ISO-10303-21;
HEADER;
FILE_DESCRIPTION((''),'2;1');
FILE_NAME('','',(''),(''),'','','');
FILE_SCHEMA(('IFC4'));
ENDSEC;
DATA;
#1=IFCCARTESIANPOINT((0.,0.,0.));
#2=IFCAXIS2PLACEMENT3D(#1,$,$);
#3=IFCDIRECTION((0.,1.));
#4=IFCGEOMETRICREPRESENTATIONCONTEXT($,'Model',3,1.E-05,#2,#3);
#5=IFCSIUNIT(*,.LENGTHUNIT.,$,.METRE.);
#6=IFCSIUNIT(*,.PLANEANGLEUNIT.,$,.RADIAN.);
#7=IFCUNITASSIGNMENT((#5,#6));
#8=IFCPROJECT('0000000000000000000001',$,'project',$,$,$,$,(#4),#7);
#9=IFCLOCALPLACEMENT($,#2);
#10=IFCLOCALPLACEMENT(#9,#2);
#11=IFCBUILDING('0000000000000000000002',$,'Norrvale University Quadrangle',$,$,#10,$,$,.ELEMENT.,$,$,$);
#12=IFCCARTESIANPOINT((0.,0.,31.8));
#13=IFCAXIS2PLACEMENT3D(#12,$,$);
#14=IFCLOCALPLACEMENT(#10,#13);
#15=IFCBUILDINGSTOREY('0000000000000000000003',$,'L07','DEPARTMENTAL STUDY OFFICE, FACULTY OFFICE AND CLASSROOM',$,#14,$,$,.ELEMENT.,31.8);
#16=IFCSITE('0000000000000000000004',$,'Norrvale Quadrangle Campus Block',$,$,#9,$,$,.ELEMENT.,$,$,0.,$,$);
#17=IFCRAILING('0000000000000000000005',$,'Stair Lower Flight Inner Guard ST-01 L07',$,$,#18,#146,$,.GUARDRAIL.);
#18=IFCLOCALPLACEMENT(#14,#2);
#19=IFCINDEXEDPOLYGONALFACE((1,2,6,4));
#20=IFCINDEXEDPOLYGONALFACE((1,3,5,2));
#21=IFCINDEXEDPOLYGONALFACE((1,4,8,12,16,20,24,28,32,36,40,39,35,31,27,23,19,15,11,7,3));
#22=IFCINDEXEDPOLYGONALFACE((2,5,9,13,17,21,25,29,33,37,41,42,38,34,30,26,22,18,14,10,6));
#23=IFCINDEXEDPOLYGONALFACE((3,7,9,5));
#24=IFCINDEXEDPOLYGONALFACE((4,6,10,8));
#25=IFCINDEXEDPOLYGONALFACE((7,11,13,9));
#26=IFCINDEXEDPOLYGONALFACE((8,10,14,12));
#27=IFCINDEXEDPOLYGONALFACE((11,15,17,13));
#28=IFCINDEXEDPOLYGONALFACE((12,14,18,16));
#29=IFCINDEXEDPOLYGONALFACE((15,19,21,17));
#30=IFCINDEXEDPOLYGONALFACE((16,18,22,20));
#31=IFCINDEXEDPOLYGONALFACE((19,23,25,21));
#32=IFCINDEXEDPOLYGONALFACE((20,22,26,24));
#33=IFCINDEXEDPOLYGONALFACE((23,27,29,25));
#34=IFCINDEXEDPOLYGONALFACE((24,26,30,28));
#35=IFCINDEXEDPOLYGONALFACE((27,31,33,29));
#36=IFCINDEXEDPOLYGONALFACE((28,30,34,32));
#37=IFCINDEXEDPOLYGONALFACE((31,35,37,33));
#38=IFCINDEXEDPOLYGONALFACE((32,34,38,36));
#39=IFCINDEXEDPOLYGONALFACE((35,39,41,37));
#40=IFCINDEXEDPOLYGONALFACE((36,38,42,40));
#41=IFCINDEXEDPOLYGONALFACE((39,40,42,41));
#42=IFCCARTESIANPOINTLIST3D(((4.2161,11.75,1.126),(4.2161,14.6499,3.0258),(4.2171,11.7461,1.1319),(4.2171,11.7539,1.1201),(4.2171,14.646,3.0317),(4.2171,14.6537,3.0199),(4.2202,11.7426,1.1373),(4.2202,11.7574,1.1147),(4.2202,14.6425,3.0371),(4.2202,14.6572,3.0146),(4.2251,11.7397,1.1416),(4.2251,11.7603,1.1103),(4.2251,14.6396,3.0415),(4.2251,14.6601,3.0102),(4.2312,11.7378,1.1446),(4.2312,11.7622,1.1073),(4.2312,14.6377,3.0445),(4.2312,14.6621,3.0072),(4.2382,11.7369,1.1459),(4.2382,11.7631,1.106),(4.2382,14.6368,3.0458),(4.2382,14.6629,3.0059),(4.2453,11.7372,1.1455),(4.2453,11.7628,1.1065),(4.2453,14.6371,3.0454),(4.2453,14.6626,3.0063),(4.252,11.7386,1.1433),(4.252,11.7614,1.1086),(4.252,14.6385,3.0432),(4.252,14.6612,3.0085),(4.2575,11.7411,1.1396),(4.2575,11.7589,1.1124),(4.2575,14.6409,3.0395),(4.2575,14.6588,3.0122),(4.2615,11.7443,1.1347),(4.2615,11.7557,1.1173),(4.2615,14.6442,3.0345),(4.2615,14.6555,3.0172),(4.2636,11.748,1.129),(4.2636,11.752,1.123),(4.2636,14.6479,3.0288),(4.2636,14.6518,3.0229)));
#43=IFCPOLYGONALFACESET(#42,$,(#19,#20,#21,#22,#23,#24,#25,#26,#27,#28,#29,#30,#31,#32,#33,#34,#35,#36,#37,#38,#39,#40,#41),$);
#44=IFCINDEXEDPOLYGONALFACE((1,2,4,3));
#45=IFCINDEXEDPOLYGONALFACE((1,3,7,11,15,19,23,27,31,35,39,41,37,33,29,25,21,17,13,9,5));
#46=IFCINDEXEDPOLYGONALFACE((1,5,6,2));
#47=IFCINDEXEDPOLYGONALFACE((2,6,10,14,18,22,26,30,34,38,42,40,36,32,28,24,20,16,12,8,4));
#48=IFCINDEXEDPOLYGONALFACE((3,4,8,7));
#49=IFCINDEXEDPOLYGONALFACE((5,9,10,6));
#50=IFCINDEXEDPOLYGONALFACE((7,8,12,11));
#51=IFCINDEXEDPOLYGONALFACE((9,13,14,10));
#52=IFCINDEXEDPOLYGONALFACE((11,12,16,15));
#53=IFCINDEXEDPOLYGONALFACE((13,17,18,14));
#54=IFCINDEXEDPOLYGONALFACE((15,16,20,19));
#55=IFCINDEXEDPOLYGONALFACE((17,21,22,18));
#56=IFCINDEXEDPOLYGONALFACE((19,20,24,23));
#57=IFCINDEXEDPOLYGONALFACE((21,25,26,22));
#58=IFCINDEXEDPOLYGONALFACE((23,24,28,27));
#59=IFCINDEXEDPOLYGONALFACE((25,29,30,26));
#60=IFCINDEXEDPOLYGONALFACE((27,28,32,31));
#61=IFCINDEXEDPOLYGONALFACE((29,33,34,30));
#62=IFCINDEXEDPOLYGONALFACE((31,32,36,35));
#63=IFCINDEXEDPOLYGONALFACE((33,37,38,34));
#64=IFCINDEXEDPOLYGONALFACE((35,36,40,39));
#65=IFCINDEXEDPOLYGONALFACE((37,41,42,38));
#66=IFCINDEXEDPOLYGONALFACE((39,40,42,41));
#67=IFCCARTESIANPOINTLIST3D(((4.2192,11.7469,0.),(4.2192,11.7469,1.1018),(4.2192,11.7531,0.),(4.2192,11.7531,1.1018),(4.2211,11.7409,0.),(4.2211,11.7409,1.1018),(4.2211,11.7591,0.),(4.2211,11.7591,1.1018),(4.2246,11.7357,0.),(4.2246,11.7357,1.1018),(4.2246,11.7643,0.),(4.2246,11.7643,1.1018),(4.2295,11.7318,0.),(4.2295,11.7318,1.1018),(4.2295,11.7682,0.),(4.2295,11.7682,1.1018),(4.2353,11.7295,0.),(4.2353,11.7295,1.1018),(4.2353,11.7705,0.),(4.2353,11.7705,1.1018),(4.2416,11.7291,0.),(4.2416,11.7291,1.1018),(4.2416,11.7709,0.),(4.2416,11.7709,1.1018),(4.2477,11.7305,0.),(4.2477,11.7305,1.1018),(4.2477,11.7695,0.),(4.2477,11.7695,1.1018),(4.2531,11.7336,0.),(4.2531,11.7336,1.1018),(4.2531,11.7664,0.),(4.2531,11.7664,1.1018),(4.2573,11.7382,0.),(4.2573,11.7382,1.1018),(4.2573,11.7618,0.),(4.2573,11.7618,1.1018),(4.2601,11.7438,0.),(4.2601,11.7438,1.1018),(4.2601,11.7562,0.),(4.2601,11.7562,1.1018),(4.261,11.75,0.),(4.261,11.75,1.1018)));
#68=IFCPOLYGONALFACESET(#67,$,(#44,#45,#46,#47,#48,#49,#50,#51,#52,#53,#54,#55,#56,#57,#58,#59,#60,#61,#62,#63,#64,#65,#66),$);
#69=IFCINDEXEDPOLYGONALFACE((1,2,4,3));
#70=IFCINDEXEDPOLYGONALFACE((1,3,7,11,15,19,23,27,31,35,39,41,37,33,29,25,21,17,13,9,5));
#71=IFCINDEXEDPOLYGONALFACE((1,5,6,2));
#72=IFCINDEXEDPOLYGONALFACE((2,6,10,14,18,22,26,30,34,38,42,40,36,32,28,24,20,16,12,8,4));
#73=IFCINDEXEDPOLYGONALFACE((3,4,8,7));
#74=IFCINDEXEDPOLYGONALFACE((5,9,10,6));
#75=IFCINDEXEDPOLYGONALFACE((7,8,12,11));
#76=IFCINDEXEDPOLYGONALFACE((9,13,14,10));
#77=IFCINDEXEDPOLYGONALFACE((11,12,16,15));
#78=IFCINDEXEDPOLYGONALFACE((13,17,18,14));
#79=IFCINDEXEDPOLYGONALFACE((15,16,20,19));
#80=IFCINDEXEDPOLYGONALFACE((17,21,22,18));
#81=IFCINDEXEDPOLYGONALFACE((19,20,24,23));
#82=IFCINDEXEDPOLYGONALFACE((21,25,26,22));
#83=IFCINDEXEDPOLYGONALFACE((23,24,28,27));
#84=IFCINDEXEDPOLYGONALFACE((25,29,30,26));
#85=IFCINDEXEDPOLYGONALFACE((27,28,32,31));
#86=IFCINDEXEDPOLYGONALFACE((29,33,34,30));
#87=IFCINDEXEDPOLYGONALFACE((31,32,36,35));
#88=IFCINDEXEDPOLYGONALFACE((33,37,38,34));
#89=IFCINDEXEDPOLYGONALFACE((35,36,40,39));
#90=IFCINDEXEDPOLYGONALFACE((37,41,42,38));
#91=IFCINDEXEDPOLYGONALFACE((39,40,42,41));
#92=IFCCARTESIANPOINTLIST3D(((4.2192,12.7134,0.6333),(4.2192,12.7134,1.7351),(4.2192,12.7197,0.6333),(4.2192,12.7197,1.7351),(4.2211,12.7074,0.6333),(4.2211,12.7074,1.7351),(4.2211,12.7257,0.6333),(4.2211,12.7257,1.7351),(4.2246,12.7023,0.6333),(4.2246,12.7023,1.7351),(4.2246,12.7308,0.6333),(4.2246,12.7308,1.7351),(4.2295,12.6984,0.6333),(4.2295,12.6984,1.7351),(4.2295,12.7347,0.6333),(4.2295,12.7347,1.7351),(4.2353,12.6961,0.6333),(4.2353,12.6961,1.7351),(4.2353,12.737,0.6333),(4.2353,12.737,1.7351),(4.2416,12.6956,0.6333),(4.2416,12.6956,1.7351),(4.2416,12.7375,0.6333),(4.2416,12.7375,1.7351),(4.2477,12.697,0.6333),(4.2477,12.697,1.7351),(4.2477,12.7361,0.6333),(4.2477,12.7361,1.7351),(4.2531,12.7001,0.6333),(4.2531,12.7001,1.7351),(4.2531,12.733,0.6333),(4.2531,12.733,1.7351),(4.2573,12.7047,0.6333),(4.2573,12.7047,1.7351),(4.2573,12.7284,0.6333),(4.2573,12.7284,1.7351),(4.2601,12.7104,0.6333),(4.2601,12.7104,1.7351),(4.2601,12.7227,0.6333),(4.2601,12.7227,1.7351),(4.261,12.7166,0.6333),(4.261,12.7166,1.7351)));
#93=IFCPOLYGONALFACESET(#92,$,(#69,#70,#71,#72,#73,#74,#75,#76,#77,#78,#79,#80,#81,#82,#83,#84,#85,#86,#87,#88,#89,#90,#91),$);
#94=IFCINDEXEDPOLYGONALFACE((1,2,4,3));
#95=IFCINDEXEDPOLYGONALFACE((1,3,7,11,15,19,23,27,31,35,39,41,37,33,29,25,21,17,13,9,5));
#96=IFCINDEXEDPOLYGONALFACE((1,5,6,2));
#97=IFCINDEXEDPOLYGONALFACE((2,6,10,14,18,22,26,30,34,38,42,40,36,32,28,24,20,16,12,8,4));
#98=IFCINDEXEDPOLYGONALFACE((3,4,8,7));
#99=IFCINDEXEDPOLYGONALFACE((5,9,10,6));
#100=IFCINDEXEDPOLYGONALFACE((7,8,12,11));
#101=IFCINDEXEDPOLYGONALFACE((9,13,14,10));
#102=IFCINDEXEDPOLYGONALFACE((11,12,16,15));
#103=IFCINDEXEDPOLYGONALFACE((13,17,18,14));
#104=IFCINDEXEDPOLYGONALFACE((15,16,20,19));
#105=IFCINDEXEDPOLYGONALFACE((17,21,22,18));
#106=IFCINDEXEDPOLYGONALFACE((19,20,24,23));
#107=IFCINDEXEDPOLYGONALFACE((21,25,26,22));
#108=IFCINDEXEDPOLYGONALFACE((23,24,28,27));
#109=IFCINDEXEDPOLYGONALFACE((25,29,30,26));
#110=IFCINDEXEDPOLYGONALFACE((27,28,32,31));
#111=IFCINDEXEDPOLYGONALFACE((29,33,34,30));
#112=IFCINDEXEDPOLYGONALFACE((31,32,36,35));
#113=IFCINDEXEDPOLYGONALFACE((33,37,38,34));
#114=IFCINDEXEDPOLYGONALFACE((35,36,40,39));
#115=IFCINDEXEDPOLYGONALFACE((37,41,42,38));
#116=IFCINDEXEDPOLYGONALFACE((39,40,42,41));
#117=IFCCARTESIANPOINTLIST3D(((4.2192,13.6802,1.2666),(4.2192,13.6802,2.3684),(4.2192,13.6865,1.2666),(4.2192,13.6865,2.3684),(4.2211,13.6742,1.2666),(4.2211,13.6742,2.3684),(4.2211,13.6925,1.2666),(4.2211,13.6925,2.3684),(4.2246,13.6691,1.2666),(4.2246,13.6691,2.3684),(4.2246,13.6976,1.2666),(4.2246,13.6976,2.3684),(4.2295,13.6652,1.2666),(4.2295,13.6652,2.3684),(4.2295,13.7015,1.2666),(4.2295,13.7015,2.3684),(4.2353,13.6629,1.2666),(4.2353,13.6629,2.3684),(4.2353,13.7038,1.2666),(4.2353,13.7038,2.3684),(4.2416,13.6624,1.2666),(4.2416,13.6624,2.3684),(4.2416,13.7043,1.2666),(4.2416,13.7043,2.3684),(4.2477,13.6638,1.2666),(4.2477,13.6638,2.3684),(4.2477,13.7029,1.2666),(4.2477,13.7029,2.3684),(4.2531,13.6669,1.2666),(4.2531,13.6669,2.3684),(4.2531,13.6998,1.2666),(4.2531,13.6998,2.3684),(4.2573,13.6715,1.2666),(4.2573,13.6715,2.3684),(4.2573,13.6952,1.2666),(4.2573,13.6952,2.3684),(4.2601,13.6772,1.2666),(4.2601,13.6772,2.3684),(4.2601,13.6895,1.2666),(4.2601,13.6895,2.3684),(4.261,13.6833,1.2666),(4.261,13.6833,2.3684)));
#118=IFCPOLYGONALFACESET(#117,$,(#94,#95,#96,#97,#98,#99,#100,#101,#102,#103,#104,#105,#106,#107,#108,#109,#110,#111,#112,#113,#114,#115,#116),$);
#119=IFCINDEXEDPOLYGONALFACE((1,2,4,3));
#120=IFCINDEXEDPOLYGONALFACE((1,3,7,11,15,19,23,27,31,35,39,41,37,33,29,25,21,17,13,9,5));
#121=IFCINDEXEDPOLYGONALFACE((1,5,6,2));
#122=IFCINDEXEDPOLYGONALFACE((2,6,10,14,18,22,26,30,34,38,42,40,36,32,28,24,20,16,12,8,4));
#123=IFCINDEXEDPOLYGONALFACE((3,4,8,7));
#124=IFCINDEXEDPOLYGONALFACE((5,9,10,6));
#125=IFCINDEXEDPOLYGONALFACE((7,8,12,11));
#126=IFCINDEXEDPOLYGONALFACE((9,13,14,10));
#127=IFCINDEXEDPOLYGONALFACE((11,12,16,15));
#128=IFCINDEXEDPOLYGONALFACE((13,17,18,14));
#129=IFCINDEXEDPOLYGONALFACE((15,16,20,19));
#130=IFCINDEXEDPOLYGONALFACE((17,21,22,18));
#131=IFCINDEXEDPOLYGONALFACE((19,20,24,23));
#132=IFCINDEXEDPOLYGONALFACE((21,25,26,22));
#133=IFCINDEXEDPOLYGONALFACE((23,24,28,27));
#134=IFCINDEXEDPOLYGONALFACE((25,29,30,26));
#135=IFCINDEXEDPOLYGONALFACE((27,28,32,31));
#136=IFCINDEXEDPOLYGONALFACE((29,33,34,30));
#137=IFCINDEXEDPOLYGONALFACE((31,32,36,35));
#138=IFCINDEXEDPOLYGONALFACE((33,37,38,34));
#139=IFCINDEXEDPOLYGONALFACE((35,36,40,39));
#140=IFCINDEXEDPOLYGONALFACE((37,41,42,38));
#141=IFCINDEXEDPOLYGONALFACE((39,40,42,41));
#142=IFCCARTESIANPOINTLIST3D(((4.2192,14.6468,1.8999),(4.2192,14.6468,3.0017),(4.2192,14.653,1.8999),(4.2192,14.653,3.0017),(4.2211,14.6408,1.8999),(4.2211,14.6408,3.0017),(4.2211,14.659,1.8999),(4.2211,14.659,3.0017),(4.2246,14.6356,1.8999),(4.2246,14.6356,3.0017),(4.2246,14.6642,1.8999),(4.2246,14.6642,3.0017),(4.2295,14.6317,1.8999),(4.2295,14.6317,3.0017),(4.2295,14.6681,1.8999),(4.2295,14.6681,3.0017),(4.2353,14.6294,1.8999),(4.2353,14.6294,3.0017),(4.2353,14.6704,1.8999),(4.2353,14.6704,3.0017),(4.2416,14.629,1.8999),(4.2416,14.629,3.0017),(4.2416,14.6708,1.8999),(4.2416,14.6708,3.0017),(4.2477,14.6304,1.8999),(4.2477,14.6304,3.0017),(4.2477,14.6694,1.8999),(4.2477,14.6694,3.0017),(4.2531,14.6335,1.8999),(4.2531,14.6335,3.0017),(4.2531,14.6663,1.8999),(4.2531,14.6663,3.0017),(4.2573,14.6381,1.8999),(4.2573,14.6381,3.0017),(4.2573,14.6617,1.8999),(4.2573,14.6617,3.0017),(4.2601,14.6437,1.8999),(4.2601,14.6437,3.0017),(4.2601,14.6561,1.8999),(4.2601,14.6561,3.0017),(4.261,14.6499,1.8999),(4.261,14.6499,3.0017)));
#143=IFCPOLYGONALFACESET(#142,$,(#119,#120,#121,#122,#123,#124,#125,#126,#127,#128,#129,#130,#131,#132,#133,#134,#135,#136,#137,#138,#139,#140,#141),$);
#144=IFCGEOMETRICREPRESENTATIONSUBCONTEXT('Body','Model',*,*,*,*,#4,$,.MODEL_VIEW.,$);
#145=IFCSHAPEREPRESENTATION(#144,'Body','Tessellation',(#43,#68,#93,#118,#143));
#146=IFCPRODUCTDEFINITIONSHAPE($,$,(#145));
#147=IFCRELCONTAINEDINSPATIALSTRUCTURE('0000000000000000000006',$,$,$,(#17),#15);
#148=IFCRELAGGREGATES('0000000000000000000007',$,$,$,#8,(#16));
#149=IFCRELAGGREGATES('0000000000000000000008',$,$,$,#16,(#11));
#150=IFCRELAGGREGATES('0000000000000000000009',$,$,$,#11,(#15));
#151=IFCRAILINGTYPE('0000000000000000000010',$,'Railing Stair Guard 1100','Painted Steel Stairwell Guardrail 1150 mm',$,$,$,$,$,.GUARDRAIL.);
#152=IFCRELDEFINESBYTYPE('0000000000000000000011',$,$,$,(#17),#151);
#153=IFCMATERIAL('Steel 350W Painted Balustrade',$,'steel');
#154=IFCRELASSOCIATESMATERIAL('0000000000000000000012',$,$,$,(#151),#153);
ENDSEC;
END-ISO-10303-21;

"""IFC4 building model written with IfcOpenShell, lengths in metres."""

from ifc_helpers import new_model, si_unit, direction, frame, origin, origin_2d, place, context, subcontext, project, spatial, circle, extrude, material, type_object, element, save


model = new_model("IFC4")

# Units and contexts
model_context = context("Model", 3, precision=1e-05, world=origin(), true_north=direction((0.0, 1.0)))
body_context = subcontext(model_context, "Body", "Model", "MODEL_VIEW")
ifc_project = project(units=[si_unit("LENGTHUNIT", "METRE"), si_unit("PLANEANGLEUNIT", "RADIAN")], contexts=[model_context])

# Site, building, storey
site_placement = place(None, origin())
site = spatial("IfcSite", under=ifc_project, at=site_placement, Name="Norrvale Quadrangle Campus Block", CompositionType="ELEMENT", RefElevation=0.0)
building_placement = place(site_placement, origin())
building = spatial("IfcBuilding", under=site, at=building_placement, Name="Norrvale University Quadrangle", CompositionType="ELEMENT")
storey_placement = place(building_placement, frame((0.0, 0.0, 31.8)))
storey = spatial("IfcBuildingStorey", under=building, at=storey_placement, Name="L07", Description="DEPARTMENTAL STUDY OFFICE, FACULTY OFFICE AND CLASSROOM", CompositionType="ELEMENT", Elevation=31.8)

# Railing
ifc_material_1 = material(Name="Steel 350W Painted Balustrade", Category="steel")
railing_type_1 = type_object("IfcRailingType", Name="Railing Stair Guard 1100", Description="Painted Steel Stairwell Guardrail 1150 mm", PredefinedType="GUARDRAIL", material=ifc_material_1)
railing_1_placement = place(storey_placement, frame((4.24, 11.75, 0.0)))
element("IfcRailing", 1, at=railing_1_placement, inside=storey, type_object=railing_type_1, Name="Stair Lower Flight Inner Guard ST-01 L07", PredefinedType="GUARDRAIL", context=body_context, shape_type="SweptSolid", body=[
    extrude(circle(Radius=0.0239, at=origin_2d()), frame((0.0, 0.0, 1.126), z_axis=(0.0, 0.836466, 0.548019), x_axis=(-1.0, 0.0, 0.0)), (0.0, 0.0, 1.0), 3.4668),
    extrude(circle(Radius=0.021, at=origin_2d()), origin(), (0.0, 0.0, 1.0), 1.1018),
    extrude(circle(Radius=0.021, at=origin_2d()), frame((0.0, 0.9666, 0.6333)), (0.0, 0.0, 1.0), 1.1018),
    extrude(circle(Radius=0.021, at=origin_2d()), frame((0.0, 1.9333, 1.2666)), (0.0, 0.0, 1.0), 1.1018),
    extrude(circle(Radius=0.021, at=origin_2d()), frame((0.0, 2.8999, 1.8999)), (0.0, 0.0, 1.0), 1.1018),
])

save(model, "model.ifc")
